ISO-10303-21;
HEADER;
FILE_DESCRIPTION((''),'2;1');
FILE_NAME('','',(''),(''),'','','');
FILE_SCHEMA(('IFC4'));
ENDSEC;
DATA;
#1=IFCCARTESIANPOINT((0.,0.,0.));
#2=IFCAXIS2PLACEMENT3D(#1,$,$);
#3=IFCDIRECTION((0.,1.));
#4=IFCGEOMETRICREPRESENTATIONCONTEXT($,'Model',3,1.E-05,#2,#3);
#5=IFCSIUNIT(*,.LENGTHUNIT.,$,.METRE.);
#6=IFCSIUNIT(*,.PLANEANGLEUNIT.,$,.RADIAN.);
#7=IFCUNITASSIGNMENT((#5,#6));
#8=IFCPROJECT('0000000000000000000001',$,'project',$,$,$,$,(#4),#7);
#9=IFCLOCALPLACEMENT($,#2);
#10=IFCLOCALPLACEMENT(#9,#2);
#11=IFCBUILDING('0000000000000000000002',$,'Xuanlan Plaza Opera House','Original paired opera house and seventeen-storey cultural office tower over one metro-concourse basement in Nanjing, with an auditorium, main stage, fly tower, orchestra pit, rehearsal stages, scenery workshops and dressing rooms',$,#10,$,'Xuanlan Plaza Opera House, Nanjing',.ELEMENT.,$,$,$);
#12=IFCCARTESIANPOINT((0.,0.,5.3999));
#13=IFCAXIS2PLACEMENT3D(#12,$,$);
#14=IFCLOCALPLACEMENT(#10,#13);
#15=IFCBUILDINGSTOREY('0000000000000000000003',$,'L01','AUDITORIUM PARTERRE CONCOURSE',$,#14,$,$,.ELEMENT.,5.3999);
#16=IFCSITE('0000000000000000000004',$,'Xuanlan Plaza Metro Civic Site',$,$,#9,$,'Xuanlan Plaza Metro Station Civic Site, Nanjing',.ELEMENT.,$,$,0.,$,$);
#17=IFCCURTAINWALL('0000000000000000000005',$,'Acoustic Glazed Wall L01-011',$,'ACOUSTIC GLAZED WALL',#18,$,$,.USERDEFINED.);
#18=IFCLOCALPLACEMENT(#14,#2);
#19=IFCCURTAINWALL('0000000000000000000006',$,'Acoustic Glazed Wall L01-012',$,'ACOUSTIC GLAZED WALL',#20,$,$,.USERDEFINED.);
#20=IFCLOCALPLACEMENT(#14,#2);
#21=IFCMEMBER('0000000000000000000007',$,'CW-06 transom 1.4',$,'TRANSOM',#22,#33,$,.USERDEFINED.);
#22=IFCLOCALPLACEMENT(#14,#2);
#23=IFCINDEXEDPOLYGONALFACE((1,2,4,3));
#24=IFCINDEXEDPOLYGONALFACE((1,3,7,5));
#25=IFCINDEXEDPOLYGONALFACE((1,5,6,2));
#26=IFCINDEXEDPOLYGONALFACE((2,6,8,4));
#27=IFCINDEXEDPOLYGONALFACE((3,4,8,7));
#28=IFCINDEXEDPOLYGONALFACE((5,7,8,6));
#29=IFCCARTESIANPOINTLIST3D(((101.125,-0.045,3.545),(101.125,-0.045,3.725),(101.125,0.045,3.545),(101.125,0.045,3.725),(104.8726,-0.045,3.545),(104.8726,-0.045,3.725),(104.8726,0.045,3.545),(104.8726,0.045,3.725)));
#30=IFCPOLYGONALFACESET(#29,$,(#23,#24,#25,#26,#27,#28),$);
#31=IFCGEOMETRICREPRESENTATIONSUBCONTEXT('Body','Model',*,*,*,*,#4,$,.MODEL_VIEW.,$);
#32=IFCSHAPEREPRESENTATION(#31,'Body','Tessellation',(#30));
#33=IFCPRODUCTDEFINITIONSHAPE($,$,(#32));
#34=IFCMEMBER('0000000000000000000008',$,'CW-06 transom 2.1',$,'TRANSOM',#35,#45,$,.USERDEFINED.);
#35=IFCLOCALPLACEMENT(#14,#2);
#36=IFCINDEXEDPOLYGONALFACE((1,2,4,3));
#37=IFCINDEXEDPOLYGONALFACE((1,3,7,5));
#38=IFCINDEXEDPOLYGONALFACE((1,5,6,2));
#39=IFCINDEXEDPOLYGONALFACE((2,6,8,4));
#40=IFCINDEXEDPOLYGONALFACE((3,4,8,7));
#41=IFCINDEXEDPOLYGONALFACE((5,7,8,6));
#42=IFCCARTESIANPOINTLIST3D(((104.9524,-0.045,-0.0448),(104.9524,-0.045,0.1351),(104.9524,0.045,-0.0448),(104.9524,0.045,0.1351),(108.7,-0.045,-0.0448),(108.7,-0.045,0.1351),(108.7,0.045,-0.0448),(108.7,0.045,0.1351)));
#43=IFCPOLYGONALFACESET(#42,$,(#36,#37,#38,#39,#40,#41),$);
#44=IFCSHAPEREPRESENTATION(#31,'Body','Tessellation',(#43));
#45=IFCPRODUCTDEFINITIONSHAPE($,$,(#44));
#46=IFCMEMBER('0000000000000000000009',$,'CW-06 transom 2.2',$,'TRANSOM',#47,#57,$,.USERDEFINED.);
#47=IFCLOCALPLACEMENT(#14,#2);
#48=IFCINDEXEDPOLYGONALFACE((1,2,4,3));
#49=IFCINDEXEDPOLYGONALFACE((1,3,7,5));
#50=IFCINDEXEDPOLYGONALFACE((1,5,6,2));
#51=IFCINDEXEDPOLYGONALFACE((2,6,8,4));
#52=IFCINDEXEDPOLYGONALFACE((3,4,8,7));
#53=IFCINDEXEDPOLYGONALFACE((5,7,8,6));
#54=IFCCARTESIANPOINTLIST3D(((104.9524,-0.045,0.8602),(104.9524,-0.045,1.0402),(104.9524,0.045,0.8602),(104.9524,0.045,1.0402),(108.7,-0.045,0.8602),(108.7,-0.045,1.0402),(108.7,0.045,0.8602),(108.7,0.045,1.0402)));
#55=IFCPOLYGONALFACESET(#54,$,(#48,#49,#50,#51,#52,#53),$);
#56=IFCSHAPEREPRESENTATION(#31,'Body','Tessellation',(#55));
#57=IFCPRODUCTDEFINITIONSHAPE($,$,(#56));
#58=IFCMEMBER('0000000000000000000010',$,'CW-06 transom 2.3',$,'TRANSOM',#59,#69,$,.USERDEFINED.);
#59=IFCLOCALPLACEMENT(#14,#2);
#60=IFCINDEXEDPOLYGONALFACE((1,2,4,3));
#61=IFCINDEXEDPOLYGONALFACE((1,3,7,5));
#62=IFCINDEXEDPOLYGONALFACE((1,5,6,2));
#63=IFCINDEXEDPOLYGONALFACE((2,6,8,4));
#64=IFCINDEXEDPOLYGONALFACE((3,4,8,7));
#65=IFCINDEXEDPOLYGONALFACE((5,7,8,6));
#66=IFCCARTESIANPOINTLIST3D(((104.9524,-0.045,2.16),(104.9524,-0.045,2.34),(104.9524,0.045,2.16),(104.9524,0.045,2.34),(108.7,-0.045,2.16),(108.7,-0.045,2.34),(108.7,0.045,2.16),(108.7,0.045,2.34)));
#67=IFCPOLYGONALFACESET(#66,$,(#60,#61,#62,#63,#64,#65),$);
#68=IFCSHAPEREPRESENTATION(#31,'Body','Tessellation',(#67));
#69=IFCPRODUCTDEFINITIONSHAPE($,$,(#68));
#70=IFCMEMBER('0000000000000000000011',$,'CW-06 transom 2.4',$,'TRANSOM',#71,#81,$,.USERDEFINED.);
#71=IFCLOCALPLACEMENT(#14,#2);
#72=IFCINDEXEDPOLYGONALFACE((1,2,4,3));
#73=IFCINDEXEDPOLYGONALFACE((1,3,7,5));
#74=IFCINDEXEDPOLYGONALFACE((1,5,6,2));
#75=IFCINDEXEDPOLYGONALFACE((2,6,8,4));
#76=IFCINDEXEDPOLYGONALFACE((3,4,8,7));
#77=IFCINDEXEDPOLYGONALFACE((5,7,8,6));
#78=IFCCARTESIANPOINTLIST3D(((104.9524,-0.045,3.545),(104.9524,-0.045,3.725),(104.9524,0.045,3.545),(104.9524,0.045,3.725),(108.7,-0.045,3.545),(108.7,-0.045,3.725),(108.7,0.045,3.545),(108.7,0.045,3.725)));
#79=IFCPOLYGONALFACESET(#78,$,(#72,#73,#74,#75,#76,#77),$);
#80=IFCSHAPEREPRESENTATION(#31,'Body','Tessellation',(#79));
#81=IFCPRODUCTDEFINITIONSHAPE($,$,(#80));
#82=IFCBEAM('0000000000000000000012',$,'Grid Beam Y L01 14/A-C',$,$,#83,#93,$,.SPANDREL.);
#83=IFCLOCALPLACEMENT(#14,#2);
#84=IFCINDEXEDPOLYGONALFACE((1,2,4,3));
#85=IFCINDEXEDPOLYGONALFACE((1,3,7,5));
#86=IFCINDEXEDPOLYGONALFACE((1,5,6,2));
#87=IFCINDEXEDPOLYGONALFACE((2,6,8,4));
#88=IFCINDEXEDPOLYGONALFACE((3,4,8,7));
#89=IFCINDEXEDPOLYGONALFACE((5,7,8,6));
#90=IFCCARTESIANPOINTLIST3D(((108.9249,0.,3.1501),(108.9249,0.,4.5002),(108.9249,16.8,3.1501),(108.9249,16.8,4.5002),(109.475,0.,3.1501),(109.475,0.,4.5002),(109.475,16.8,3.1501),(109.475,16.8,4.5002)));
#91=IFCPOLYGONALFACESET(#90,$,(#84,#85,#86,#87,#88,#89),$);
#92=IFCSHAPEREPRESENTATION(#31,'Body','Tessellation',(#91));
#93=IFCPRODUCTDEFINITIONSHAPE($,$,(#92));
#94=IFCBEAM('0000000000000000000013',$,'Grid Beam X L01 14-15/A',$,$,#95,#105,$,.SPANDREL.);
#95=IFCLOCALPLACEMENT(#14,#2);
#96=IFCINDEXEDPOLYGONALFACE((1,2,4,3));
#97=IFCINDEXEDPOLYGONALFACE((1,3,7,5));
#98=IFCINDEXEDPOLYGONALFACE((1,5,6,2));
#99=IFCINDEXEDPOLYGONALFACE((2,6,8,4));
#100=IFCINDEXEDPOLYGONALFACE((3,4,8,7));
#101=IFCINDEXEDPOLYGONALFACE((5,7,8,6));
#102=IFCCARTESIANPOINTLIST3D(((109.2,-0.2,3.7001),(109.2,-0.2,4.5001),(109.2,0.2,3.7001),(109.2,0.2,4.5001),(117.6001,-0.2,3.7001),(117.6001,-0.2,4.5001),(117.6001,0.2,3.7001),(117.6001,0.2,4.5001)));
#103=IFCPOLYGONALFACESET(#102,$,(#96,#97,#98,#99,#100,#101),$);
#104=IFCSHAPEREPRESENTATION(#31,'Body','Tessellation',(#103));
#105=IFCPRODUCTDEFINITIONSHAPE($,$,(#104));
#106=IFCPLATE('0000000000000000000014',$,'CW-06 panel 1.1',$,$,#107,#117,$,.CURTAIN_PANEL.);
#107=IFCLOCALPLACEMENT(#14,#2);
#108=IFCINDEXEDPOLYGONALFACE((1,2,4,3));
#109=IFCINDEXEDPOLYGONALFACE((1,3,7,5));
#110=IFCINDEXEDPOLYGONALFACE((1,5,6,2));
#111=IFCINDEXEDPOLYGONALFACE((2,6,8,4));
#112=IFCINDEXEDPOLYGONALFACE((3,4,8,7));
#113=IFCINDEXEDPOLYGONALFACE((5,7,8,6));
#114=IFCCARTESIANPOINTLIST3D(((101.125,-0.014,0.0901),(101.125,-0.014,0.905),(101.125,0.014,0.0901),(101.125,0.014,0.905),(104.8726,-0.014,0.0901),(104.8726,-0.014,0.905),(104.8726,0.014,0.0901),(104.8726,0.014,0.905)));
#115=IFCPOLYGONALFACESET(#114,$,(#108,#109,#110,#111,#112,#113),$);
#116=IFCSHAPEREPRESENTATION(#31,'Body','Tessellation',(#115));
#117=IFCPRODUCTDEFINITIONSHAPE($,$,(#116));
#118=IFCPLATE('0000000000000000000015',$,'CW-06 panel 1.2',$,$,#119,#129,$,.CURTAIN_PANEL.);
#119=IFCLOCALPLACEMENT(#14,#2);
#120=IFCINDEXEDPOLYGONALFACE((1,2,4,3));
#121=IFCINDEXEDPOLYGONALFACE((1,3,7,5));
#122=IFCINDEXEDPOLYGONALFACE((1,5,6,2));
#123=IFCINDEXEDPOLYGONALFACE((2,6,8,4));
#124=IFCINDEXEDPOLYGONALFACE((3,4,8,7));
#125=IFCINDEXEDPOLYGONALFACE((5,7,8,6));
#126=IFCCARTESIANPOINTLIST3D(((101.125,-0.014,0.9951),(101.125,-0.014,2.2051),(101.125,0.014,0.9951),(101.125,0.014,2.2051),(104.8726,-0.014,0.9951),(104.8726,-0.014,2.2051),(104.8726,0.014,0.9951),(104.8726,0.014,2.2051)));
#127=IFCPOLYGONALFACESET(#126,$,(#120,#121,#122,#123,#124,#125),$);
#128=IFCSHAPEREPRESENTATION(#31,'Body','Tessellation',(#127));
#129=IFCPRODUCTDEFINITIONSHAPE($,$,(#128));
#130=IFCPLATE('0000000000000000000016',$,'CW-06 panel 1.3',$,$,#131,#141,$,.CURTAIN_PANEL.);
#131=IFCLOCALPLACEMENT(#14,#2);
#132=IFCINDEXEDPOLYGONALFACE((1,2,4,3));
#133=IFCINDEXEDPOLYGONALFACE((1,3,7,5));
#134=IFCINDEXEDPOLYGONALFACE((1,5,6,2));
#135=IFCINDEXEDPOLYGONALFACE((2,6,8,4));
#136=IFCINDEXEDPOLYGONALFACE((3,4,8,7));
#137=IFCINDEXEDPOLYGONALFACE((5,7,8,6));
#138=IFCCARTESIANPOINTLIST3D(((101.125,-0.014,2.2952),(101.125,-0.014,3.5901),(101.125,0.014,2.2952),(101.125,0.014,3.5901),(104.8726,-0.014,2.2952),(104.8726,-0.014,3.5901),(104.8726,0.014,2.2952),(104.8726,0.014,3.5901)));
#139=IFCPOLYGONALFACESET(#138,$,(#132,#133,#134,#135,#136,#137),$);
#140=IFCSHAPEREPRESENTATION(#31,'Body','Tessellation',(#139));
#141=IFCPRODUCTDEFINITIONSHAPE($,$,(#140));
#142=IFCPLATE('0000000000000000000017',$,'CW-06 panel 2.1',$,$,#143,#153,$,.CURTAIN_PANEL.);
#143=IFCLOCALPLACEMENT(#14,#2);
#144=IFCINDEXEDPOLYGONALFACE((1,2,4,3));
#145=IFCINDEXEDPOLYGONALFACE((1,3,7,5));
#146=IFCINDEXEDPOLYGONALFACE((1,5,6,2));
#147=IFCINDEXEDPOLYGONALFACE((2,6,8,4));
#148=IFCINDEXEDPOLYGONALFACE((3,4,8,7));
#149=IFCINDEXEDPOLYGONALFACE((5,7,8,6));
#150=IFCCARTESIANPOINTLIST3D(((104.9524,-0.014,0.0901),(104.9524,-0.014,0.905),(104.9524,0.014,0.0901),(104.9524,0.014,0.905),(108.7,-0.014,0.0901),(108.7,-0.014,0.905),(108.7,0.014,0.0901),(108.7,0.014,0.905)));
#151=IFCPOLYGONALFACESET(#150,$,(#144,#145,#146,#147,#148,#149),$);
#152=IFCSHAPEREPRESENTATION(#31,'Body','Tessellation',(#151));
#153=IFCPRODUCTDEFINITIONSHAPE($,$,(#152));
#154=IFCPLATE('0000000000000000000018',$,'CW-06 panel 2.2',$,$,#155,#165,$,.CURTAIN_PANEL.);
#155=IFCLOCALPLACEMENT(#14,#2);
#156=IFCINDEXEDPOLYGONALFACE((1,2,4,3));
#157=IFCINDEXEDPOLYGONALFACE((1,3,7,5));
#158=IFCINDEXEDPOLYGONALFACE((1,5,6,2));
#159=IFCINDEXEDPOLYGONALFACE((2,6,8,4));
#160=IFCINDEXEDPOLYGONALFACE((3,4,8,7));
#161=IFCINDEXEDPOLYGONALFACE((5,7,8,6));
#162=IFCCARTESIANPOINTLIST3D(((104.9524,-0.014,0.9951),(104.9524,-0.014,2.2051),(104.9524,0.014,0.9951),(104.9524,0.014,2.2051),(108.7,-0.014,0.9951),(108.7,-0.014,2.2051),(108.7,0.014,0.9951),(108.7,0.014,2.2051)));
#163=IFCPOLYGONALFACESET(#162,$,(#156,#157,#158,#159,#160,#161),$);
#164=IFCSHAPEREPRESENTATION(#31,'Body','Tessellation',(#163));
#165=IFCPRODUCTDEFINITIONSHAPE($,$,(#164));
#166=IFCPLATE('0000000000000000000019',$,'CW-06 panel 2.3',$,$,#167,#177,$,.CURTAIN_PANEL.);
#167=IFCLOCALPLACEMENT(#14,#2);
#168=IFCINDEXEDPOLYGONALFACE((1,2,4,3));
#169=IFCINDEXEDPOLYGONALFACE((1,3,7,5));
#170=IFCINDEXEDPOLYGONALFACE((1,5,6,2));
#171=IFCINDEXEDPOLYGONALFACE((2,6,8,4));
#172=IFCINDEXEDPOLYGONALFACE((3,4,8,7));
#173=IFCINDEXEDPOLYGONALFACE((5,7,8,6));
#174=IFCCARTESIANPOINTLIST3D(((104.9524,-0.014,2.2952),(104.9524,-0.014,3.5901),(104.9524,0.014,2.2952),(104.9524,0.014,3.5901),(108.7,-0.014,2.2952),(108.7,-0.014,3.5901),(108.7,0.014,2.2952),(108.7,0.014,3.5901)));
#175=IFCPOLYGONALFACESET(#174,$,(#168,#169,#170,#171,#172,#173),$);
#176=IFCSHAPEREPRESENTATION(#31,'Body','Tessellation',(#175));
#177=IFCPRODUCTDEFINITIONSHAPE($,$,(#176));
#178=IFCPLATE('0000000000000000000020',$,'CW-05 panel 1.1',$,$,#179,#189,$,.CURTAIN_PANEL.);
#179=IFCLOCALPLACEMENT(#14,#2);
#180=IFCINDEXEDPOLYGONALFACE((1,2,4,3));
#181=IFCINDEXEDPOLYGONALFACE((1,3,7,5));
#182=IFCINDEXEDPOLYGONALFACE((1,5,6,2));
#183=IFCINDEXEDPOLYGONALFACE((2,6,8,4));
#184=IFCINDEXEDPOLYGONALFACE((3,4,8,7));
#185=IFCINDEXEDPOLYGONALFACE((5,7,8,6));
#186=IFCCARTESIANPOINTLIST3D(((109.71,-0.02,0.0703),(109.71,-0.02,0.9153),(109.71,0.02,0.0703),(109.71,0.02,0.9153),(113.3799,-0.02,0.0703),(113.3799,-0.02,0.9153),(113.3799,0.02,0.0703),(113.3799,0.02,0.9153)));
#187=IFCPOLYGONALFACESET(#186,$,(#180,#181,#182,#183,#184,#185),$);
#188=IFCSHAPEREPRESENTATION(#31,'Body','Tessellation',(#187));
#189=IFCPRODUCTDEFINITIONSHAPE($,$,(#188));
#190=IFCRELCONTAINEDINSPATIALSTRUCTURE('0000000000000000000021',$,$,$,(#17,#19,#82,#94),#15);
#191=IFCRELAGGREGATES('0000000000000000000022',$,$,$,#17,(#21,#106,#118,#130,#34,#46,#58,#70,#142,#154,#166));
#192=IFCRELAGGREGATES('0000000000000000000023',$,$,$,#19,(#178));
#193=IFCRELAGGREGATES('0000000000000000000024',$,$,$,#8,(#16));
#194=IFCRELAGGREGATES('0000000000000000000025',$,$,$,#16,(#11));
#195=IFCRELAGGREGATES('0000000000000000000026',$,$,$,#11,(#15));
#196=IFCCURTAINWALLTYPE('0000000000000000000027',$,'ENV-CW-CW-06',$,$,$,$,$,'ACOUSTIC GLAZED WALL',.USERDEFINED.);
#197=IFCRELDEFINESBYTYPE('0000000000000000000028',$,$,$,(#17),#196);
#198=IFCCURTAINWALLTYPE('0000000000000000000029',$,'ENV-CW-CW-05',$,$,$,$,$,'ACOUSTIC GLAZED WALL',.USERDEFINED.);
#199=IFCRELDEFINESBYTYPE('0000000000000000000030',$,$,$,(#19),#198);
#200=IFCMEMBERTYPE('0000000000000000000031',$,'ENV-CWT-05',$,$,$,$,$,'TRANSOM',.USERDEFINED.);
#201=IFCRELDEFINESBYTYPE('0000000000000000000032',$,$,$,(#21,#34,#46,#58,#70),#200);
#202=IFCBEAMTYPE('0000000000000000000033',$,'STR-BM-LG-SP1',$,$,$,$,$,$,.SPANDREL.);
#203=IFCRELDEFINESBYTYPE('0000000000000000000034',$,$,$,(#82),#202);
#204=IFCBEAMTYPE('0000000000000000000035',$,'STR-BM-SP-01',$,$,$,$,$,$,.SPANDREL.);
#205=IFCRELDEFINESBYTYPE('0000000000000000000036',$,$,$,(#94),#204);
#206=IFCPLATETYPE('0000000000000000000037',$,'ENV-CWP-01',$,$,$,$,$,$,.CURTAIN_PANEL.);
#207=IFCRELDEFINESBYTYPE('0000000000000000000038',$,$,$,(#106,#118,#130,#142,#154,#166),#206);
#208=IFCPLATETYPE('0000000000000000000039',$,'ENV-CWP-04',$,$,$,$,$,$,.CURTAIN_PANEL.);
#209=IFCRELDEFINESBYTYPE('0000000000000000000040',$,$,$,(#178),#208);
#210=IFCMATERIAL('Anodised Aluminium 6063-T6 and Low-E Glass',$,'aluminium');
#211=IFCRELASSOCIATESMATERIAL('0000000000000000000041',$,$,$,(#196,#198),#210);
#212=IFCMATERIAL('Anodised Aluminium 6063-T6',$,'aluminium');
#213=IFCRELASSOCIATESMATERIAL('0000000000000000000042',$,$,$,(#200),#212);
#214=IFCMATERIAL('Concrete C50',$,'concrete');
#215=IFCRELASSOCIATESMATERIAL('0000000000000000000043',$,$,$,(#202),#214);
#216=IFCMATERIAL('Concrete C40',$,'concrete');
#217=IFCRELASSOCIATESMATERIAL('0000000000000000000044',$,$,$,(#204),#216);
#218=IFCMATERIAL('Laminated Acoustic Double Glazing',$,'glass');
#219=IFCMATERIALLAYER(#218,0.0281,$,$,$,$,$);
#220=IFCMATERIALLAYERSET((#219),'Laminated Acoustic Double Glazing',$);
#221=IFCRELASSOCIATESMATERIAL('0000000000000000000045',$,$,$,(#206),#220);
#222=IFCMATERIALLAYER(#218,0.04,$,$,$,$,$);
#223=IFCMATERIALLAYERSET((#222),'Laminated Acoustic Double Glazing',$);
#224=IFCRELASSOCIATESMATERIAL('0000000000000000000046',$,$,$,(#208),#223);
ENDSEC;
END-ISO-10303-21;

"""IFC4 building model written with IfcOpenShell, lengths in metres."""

from ifc_helpers import new_model, si_unit, direction, frame, origin, origin_2d, place, context, subcontext, project, spatial, rectangle, extrude, material, layer, layer_set, material_profile, profile_set, type_object, element, aggregate, save


model = new_model("IFC4")

# Units and contexts
model_context = context("Model", 3, precision=1e-05, world=origin(), true_north=direction((0.0, 1.0)))
body_context = subcontext(model_context, "Body", "Model", "MODEL_VIEW")
ifc_project = project(units=[si_unit("LENGTHUNIT", "METRE"), si_unit("PLANEANGLEUNIT", "RADIAN")], contexts=[model_context])

# Site, building, storey
site_placement = place(None, origin())
site = spatial("IfcSite", under=ifc_project, at=site_placement, Name="Xuanlan Plaza Metro Civic Site", LongName="Xuanlan Plaza Metro Station Civic Site, Nanjing", CompositionType="ELEMENT", RefElevation=0.0)
building_placement = place(site_placement, origin())
building = spatial("IfcBuilding", under=site, at=building_placement, Name="Xuanlan Plaza Opera House", Description="Original paired opera house and seventeen-storey cultural office tower over one metro-concourse basement in Nanjing, with an auditorium, main stage, fly tower, orchestra pit, rehearsal stages, scenery workshops and dressing rooms", LongName="Xuanlan Plaza Opera House, Nanjing", CompositionType="ELEMENT")
storey_placement = place(building_placement, frame((0.0, 0.0, 5.3999)))
storey = spatial("IfcBuildingStorey", under=building, at=storey_placement, Name="L01", Description="AUDITORIUM PARTERRE CONCOURSE", CompositionType="ELEMENT", Elevation=5.3999)

# Shared definitions
ifc_material_1 = material(Name="Concrete C40", Category="concrete")

# Curtain walls
ifc_material_2 = material(Name="Anodised Aluminium 6063-T6 and Low-E Glass", Category="aluminium")
curtain_wall_type_1 = type_object("IfcCurtainWallType", Name="ENV-CW-CW-06", ElementType="ACOUSTIC GLAZED WALL", PredefinedType="USERDEFINED", material=ifc_material_2)
curtain_wall_1_placement = place(storey_placement, origin())
curtain_wall_1 = element("IfcCurtainWall", 1, at=curtain_wall_1_placement, inside=storey, type_object=curtain_wall_type_1, Name="Acoustic Glazed Wall L01-011", ObjectType="ACOUSTIC GLAZED WALL", PredefinedType="USERDEFINED")
ifc_material_3 = material(Name="Anodised Aluminium 6063-T6", Category="aluminium")
curtain_wall_type_2 = type_object("IfcCurtainWallType", Name="ENV-CW-CW-05", ElementType="ACOUSTIC GLAZED WALL", PredefinedType="USERDEFINED", material=ifc_material_2)
curtain_wall_2_placement = place(storey_placement, origin())
curtain_wall_2 = element("IfcCurtainWall", 2, at=curtain_wall_2_placement, inside=storey, type_object=curtain_wall_type_2, Name="Acoustic Glazed Wall L01-012", ObjectType="ACOUSTIC GLAZED WALL", PredefinedType="USERDEFINED")

# Members
ifc_material_profile_1 = material_profile(ifc_material_3, rectangle(XDim=0.0901, YDim=0.1799, at=origin_2d()), Name="ALU-T 90x180")
ifc_profile_set_1 = profile_set([ifc_material_profile_1], Name="Anodised Aluminium 6063-T6")
member_type_1 = type_object("IfcMemberType", Name="ENV-CWT-05", ElementType="TRANSOM", PredefinedType="USERDEFINED", material=ifc_profile_set_1)
member_1_placement = place(storey_placement, frame((101.125, 0.0, 3.635), z_axis=(1.0, 0.0, 0.0), x_axis=(0.0, 1.0, 0.0)))
member_1 = element("IfcMember", 3, at=member_1_placement, type_object=member_type_1, Name="CW-06 transom 1.4", ObjectType="TRANSOM", PredefinedType="USERDEFINED", context=body_context, shape_type="SweptSolid", body=[
    extrude(rectangle(XDim=0.0901, YDim=0.1799, at=origin_2d()), origin(), (0.0, 0.0, 1.0), 3.7476),
])
member_2_placement = place(storey_placement, frame((104.9524, 0.0, 0.0452), z_axis=(1.0, 0.0, 0.0), x_axis=(0.0, 1.0, 0.0)))
member_2 = element("IfcMember", 4, at=member_2_placement, type_object=member_type_1, Name="CW-06 transom 2.1", ObjectType="TRANSOM", PredefinedType="USERDEFINED", context=body_context, shape_type="SweptSolid", body=[
    extrude(rectangle(XDim=0.0901, YDim=0.1799, at=origin_2d()), origin(), (0.0, 0.0, 1.0), 3.7476),
])
member_3_placement = place(storey_placement, frame((104.9524, 0.0, 0.9502), z_axis=(1.0, 0.0, 0.0), x_axis=(0.0, 1.0, 0.0)))
member_3 = element("IfcMember", 5, at=member_3_placement, type_object=member_type_1, Name="CW-06 transom 2.2", ObjectType="TRANSOM", PredefinedType="USERDEFINED", context=body_context, shape_type="SweptSolid", body=[
    extrude(rectangle(XDim=0.0901, YDim=0.1799, at=origin_2d()), origin(), (0.0, 0.0, 1.0), 3.7476),
])
member_4_placement = place(storey_placement, frame((104.9524, 0.0, 2.25), z_axis=(1.0, 0.0, 0.0), x_axis=(0.0, 1.0, 0.0)))
member_4 = element("IfcMember", 6, at=member_4_placement, type_object=member_type_1, Name="CW-06 transom 2.3", ObjectType="TRANSOM", PredefinedType="USERDEFINED", context=body_context, shape_type="SweptSolid", body=[
    extrude(rectangle(XDim=0.0901, YDim=0.1799, at=origin_2d()), origin(), (0.0, 0.0, 1.0), 3.7476),
])
member_5_placement = place(storey_placement, frame((104.9524, 0.0, 3.635), z_axis=(1.0, 0.0, 0.0), x_axis=(0.0, 1.0, 0.0)))
member_5 = element("IfcMember", 7, at=member_5_placement, type_object=member_type_1, Name="CW-06 transom 2.4", ObjectType="TRANSOM", PredefinedType="USERDEFINED", context=body_context, shape_type="SweptSolid", body=[
    extrude(rectangle(XDim=0.0901, YDim=0.1799, at=origin_2d()), origin(), (0.0, 0.0, 1.0), 3.7476),
])

# Beams
ifc_material_4 = material(Name="Concrete C50", Category="concrete")
ifc_material_profile_2 = material_profile(ifc_material_4, rectangle(XDim=0.55, YDim=1.3501, at=origin_2d()), Name="RC-SPD 550x1350")
ifc_profile_set_2 = profile_set([ifc_material_profile_2], Name="Concrete C50")
beam_type_1 = type_object("IfcBeamType", Name="STR-BM-LG-SP1", PredefinedType="SPANDREL", material=ifc_profile_set_2)
beam_1_placement = place(storey_placement, frame((109.2, 0.0, 3.8252), z_axis=(0.0, 1.0, 0.0), x_axis=(-1.0, 0.0, 0.0)))
element("IfcBeam", 8, at=beam_1_placement, inside=storey, type_object=beam_type_1, Name="Grid Beam Y L01 14/A-C", PredefinedType="SPANDREL", context=body_context, shape_type="SweptSolid", body=[
    extrude(rectangle(XDim=0.55, YDim=1.3501, at=origin_2d()), origin(), (0.0, 0.0, 1.0), 16.8),
])
ifc_material_profile_3 = material_profile(ifc_material_1, rectangle(XDim=0.3999, YDim=0.8, at=origin_2d()), Name="RC-SPD 400x800")
ifc_profile_set_3 = profile_set([ifc_material_profile_3], Name="Concrete C40")
beam_type_2 = type_object("IfcBeamType", Name="STR-BM-SP-01", PredefinedType="SPANDREL", material=ifc_profile_set_3)
beam_2_placement = place(storey_placement, frame((109.2, 0.0, 4.1001), z_axis=(1.0, 0.0, 0.0), x_axis=(0.0, 1.0, 0.0)))
element("IfcBeam", 9, at=beam_2_placement, inside=storey, type_object=beam_type_2, Name="Grid Beam X L01 14-15/A", PredefinedType="SPANDREL", context=body_context, shape_type="SweptSolid", body=[
    extrude(rectangle(XDim=0.3999, YDim=0.8, at=origin_2d()), origin(), (0.0, 0.0, 1.0), 8.4001),
])

# Plates
ifc_material_5 = material(Name="Laminated Acoustic Double Glazing", Category="glass")
ifc_layer_1 = layer(ifc_material_5, 0.0281)
ifc_layer_set_1 = layer_set([ifc_layer_1], Name="Laminated Acoustic Double Glazing")
plate_type_1 = type_object("IfcPlateType", Name="ENV-CWP-01", PredefinedType="CURTAIN_PANEL", material=ifc_layer_set_1)
plate_1_placement = place(storey_placement, frame((102.9988, 0.0, 0.0901), z_axis=(0.0, 0.0, 1.0), x_axis=(1.0, 0.0, 0.0)))
plate_1 = element("IfcPlate", 10, at=plate_1_placement, type_object=plate_type_1, Name="CW-06 panel 1.1", PredefinedType="CURTAIN_PANEL", context=body_context, shape_type="SweptSolid", body=[
    extrude(rectangle(XDim=3.7476, YDim=0.0281, at=origin_2d()), origin(), (0.0, 0.0, 1.0), 0.8149),
])
plate_2_placement = place(storey_placement, frame((102.9988, 0.0, 0.9951), z_axis=(0.0, 0.0, 1.0), x_axis=(1.0, 0.0, 0.0)))
plate_2 = element("IfcPlate", 11, at=plate_2_placement, type_object=plate_type_1, Name="CW-06 panel 1.2", PredefinedType="CURTAIN_PANEL", context=body_context, shape_type="SweptSolid", body=[
    extrude(rectangle(XDim=3.7476, YDim=0.0281, at=origin_2d()), origin(), (0.0, 0.0, 1.0), 1.21),
])
plate_3_placement = place(storey_placement, frame((102.9988, 0.0, 2.2952), z_axis=(0.0, 0.0, 1.0), x_axis=(1.0, 0.0, 0.0)))
plate_3 = element("IfcPlate", 12, at=plate_3_placement, type_object=plate_type_1, Name="CW-06 panel 1.3", PredefinedType="CURTAIN_PANEL", context=body_context, shape_type="SweptSolid", body=[
    extrude(rectangle(XDim=3.7476, YDim=0.0281, at=origin_2d()), origin(), (0.0, 0.0, 1.0), 1.2949),
])
plate_4_placement = place(storey_placement, frame((106.8262, 0.0, 0.0901), z_axis=(0.0, 0.0, 1.0), x_axis=(1.0, 0.0, 0.0)))
plate_4 = element("IfcPlate", 13, at=plate_4_placement, type_object=plate_type_1, Name="CW-06 panel 2.1", PredefinedType="CURTAIN_PANEL", context=body_context, shape_type="SweptSolid", body=[
    extrude(rectangle(XDim=3.7476, YDim=0.0281, at=origin_2d()), origin(), (0.0, 0.0, 1.0), 0.8149),
])
plate_5_placement = place(storey_placement, frame((106.8262, 0.0, 0.9951), z_axis=(0.0, 0.0, 1.0), x_axis=(1.0, 0.0, 0.0)))
plate_5 = element("IfcPlate", 14, at=plate_5_placement, type_object=plate_type_1, Name="CW-06 panel 2.2", PredefinedType="CURTAIN_PANEL", context=body_context, shape_type="SweptSolid", body=[
    extrude(rectangle(XDim=3.7476, YDim=0.0281, at=origin_2d()), origin(), (0.0, 0.0, 1.0), 1.21),
])
plate_6_placement = place(storey_placement, frame((106.8262, 0.0, 2.2952), z_axis=(0.0, 0.0, 1.0), x_axis=(1.0, 0.0, 0.0)))
plate_6 = element("IfcPlate", 15, at=plate_6_placement, type_object=plate_type_1, Name="CW-06 panel 2.3", PredefinedType="CURTAIN_PANEL", context=body_context, shape_type="SweptSolid", body=[
    extrude(rectangle(XDim=3.7476, YDim=0.0281, at=origin_2d()), origin(), (0.0, 0.0, 1.0), 1.2949),
])
aggregate(curtain_wall_1, [member_1, plate_1, plate_2, plate_3, member_2, member_3, member_4, member_5, plate_4, plate_5, plate_6])
ifc_layer_2 = layer(ifc_material_5, 0.04)
ifc_layer_set_2 = layer_set([ifc_layer_2], Name="Laminated Acoustic Double Glazing")
plate_type_2 = type_object("IfcPlateType", Name="ENV-CWP-04", PredefinedType="CURTAIN_PANEL", material=ifc_layer_set_2)
plate_7_placement = place(storey_placement, frame((111.5449, 0.0, 0.0703), z_axis=(0.0, 0.0, 1.0), x_axis=(1.0, 0.0, 0.0)))
plate_7 = element("IfcPlate", 16, at=plate_7_placement, type_object=plate_type_2, Name="CW-05 panel 1.1", PredefinedType="CURTAIN_PANEL", context=body_context, shape_type="SweptSolid", body=[
    extrude(rectangle(XDim=3.6699, YDim=0.04, at=origin_2d()), origin(), (0.0, 0.0, 1.0), 0.845),
])
aggregate(curtain_wall_2, [plate_7])

save(model, "model.ifc")
